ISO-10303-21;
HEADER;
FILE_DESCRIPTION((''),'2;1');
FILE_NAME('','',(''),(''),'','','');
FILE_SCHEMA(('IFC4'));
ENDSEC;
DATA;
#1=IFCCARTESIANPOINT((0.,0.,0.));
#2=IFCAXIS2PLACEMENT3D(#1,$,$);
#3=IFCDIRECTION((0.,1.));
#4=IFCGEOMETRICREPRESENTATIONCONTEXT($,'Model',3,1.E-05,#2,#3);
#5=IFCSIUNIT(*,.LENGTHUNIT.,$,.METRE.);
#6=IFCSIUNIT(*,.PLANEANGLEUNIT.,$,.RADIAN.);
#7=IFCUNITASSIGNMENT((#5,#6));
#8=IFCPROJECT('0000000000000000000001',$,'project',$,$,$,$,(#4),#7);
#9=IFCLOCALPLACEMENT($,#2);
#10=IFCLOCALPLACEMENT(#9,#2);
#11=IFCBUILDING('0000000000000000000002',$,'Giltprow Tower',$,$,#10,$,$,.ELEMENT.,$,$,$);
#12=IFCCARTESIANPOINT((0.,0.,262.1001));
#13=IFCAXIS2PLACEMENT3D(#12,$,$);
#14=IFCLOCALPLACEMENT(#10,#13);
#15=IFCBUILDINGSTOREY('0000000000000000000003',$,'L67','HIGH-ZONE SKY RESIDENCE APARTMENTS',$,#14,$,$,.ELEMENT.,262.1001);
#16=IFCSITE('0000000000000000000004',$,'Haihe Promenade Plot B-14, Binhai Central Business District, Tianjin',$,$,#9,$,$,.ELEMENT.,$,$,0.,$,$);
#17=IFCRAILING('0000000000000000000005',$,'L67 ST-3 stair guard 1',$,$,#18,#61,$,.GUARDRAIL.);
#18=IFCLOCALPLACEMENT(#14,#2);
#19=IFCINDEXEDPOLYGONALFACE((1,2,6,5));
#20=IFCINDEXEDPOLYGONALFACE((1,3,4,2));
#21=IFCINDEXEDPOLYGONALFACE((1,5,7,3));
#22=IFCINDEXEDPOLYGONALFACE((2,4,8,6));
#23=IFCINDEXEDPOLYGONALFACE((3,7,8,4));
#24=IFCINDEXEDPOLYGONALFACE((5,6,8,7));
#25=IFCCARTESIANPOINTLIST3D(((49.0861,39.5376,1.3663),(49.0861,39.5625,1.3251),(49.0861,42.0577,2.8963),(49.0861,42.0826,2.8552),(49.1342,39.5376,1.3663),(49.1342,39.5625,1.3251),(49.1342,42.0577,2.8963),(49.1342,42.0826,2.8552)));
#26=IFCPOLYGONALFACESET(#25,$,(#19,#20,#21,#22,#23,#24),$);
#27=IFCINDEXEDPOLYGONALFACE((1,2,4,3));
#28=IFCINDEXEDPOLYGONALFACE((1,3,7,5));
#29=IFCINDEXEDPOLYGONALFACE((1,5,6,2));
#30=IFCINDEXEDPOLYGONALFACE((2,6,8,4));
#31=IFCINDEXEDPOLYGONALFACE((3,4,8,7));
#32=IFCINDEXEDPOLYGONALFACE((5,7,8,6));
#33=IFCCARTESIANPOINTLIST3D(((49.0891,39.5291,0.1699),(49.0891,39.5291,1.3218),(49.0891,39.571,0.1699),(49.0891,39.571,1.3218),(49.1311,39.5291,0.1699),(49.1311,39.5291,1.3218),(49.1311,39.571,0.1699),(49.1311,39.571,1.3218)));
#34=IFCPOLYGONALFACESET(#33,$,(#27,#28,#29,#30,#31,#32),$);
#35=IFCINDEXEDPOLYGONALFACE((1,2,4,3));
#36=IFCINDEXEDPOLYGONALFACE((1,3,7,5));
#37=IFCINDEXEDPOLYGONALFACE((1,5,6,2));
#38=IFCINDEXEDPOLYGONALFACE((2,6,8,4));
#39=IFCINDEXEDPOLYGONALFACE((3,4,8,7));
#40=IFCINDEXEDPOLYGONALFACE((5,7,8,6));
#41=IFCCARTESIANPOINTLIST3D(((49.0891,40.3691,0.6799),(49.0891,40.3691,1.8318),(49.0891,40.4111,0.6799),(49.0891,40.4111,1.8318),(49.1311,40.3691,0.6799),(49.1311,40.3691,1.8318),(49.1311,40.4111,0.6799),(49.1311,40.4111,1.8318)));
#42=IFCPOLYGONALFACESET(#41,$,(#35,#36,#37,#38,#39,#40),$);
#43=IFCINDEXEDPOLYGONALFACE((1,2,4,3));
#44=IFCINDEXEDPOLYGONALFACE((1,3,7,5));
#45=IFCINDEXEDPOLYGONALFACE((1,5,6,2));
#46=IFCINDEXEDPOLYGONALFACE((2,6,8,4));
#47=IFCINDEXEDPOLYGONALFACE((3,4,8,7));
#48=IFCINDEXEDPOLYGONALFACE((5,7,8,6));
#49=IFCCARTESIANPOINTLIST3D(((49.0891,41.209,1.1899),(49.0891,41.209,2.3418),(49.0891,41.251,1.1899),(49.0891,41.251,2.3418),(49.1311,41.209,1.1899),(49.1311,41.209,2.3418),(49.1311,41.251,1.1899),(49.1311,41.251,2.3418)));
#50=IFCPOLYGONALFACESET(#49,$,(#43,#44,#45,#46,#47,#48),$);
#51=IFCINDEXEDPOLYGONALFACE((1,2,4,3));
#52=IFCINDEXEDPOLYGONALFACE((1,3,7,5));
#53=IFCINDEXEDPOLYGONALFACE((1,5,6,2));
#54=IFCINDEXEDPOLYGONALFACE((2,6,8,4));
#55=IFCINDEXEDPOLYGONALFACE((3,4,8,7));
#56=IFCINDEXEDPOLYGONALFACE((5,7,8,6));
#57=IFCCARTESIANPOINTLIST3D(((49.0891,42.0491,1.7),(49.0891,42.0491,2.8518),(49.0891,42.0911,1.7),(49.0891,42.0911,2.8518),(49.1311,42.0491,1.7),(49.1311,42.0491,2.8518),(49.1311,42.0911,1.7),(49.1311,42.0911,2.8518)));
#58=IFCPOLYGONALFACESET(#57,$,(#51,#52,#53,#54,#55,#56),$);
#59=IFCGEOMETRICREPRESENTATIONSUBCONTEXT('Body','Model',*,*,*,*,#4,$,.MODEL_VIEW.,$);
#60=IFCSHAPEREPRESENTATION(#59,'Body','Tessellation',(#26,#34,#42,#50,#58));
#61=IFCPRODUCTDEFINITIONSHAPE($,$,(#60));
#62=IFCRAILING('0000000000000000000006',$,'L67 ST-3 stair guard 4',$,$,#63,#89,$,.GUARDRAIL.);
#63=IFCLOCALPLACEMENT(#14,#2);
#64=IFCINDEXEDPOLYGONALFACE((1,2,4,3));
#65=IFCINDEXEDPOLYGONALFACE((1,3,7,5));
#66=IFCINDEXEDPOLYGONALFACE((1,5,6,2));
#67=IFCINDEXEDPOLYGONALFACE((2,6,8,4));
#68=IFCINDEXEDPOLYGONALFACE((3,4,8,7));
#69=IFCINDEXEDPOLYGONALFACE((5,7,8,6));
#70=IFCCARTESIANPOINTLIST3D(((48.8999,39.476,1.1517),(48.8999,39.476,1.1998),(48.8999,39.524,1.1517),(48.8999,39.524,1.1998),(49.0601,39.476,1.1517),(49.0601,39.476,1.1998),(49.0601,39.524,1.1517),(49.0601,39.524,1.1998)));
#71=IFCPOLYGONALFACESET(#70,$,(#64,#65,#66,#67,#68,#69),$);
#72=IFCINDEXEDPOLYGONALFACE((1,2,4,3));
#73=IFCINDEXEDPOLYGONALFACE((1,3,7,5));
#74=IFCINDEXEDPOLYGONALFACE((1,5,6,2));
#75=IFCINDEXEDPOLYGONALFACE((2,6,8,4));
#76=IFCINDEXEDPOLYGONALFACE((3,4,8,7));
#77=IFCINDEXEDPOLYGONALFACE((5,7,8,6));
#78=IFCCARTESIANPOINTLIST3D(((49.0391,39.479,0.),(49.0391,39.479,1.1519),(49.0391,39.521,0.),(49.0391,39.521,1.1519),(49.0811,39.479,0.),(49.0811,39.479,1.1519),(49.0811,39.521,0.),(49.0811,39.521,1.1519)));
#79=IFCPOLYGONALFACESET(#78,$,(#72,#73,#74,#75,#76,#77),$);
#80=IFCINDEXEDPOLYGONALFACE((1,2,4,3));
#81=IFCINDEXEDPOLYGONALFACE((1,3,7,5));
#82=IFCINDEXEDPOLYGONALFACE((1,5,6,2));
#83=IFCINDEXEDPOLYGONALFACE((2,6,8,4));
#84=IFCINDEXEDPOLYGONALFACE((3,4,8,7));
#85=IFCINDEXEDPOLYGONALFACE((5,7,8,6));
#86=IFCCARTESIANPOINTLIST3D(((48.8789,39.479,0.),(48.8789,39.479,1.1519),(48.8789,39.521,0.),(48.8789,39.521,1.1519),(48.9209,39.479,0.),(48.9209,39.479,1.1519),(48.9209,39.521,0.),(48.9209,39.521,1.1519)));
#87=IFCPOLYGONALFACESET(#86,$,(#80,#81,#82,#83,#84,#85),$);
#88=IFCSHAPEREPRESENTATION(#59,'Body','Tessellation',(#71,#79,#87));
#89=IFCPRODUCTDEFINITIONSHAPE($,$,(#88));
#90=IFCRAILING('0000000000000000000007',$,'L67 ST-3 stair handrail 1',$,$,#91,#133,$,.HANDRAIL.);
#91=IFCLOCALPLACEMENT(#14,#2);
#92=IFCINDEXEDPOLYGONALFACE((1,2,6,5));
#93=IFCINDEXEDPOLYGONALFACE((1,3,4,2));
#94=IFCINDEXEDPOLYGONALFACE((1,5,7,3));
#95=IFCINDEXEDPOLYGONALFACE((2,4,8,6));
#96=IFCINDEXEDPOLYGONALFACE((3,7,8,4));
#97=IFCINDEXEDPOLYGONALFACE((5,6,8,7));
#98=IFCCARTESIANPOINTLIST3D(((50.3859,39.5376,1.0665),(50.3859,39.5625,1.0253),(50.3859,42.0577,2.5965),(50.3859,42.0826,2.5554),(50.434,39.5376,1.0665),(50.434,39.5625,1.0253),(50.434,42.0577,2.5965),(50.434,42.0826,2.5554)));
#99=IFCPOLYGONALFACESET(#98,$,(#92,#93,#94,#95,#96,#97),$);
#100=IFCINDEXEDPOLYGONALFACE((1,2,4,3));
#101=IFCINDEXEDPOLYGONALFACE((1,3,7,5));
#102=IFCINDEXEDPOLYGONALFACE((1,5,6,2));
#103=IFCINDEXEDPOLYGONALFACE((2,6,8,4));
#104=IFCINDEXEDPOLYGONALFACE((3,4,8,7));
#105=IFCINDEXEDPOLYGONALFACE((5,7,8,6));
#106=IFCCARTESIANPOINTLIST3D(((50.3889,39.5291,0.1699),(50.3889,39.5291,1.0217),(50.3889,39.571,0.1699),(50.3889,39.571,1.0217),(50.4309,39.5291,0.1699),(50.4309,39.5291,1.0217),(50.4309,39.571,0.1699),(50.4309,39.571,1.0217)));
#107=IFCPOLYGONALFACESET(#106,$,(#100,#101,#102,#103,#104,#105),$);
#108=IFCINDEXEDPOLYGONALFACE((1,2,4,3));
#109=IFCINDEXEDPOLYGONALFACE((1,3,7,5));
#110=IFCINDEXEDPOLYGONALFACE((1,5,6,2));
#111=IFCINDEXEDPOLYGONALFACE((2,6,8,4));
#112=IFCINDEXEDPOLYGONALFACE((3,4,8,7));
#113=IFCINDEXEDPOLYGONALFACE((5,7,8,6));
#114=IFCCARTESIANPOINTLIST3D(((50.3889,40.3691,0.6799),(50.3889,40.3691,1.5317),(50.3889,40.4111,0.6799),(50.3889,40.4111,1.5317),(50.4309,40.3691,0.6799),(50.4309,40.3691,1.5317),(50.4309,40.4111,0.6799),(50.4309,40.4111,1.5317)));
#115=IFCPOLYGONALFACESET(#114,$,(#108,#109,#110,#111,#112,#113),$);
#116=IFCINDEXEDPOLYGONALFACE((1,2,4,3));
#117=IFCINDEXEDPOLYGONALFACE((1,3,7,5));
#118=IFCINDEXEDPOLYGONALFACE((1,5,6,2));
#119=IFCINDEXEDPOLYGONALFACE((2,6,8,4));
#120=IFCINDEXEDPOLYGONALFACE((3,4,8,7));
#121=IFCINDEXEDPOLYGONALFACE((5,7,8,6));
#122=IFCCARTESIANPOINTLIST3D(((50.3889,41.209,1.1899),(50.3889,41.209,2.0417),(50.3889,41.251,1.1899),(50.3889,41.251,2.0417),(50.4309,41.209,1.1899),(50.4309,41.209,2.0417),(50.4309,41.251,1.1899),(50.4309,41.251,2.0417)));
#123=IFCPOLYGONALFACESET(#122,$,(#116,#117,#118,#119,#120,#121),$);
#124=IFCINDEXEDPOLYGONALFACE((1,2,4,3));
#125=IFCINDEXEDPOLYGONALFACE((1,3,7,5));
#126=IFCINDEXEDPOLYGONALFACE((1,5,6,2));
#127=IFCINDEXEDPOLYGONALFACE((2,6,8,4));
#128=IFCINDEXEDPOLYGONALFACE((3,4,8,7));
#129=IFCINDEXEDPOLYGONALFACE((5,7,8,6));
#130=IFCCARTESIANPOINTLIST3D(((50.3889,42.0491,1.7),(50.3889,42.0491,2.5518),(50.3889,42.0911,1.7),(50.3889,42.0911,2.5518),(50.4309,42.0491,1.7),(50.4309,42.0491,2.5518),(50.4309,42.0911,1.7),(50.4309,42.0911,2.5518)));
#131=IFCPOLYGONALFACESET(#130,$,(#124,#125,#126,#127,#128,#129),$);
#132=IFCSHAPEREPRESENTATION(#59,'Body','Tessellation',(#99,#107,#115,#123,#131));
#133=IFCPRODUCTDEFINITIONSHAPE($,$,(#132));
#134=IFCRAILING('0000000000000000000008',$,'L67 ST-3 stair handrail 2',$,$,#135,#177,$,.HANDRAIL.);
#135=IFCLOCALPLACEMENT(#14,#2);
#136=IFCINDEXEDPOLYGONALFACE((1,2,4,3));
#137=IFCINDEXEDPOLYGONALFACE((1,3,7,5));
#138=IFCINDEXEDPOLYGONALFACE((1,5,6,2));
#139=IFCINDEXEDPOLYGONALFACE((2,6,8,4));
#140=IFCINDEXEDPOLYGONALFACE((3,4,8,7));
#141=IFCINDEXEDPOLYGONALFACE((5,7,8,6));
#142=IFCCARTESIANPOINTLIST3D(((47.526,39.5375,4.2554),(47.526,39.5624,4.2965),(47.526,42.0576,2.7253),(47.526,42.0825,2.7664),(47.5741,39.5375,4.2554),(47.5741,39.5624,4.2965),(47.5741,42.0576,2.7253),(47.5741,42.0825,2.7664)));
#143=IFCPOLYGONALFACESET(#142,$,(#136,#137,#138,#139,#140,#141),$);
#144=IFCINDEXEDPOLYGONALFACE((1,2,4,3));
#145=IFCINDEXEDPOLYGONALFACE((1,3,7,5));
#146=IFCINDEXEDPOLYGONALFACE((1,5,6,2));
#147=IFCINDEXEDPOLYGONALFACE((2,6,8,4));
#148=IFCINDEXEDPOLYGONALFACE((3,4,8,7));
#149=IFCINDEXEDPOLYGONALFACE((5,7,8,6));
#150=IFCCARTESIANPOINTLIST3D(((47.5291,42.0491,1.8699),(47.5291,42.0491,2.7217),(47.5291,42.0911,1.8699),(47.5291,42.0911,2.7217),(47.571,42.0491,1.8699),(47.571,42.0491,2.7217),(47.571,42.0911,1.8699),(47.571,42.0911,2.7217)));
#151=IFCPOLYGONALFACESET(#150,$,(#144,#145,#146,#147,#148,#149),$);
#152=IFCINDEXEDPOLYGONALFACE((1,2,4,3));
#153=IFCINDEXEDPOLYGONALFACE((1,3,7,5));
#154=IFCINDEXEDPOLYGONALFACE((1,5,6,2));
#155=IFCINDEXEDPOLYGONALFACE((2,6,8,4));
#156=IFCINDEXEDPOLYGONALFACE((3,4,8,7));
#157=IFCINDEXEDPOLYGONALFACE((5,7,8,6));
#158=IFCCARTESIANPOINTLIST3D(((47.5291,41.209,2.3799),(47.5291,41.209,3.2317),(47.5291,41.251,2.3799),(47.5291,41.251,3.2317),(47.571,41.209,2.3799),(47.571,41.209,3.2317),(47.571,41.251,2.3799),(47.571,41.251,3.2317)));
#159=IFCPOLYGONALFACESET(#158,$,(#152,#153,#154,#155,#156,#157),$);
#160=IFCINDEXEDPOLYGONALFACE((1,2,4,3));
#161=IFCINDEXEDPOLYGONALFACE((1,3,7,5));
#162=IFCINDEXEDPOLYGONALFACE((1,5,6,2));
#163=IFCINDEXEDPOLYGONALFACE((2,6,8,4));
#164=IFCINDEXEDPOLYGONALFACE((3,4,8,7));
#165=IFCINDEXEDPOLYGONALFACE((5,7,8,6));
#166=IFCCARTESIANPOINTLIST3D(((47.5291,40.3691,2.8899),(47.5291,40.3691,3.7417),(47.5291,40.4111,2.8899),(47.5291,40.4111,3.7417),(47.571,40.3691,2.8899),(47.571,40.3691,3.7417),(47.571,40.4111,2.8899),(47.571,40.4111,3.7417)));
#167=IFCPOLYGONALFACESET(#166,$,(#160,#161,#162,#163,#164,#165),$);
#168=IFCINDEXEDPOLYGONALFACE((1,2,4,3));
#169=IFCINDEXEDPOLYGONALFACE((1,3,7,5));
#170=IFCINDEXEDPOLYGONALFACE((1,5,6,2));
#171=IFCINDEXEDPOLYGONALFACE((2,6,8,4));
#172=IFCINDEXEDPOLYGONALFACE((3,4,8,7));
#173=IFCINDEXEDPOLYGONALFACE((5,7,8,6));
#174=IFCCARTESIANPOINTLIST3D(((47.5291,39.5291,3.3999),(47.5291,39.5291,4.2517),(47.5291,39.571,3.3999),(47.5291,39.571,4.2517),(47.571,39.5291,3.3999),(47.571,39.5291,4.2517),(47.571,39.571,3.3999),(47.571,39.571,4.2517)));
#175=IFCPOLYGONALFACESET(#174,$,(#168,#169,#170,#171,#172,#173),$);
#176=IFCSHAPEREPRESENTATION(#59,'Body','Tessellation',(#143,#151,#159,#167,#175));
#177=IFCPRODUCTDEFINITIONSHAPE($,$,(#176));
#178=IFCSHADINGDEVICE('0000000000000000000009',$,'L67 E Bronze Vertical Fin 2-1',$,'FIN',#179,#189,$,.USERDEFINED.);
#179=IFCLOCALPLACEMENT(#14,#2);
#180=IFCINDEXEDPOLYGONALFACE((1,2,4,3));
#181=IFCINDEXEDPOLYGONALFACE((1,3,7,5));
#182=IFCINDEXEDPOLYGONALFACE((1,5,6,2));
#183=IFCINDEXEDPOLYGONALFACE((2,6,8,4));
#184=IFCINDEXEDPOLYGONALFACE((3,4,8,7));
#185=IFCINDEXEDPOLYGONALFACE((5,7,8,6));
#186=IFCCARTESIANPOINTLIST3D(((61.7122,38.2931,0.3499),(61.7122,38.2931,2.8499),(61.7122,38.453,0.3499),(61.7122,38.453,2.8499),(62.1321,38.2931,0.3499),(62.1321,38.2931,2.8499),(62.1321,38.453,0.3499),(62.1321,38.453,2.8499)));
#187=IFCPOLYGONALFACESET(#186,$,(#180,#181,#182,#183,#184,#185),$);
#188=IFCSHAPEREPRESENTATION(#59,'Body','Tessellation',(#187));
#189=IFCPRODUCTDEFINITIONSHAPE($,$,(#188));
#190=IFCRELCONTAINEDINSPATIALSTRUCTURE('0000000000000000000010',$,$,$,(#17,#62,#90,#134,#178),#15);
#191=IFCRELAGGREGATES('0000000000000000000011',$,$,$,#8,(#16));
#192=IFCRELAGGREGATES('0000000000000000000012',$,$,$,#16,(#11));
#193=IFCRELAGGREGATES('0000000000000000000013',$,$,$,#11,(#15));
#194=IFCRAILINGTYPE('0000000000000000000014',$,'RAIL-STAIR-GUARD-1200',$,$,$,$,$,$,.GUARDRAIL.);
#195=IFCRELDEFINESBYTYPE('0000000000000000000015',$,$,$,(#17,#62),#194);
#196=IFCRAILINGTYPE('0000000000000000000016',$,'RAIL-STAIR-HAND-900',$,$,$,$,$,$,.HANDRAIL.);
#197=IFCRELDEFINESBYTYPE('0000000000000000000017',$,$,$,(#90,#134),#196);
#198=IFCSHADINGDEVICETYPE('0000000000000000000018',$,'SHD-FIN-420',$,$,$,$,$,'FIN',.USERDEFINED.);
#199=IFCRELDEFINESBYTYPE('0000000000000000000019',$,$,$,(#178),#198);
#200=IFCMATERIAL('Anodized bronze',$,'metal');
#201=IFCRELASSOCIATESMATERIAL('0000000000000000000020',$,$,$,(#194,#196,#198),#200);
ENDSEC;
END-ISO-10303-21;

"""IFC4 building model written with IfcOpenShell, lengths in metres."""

from ifc_helpers import new_model, si_unit, direction, frame, origin, origin_2d, place, context, subcontext, project, spatial, rectangle, extrude, source, transform, mapped, material, type_object, element, save


model = new_model("IFC4")

# Units and contexts
model_context = context("Model", 3, precision=1e-05, world=origin(), true_north=direction((0.0, 1.0)))
body_context = subcontext(model_context, "Body", "Model", "MODEL_VIEW")
ifc_project = project(units=[si_unit("LENGTHUNIT", "METRE"), si_unit("PLANEANGLEUNIT", "RADIAN")], contexts=[model_context])

# Site, building, storey
site_placement = place(None, origin())
site = spatial("IfcSite", under=ifc_project, at=site_placement, Name="Haihe Promenade Plot B-14, Binhai Central Business District, Tianjin", CompositionType="ELEMENT", RefElevation=0.0)
building_placement = place(site_placement, origin())
building = spatial("IfcBuilding", under=site, at=building_placement, Name="Giltprow Tower", CompositionType="ELEMENT")
storey_placement = place(building_placement, frame((0.0, 0.0, 262.1001)))
storey = spatial("IfcBuildingStorey", under=building, at=storey_placement, Name="L67", Description="HIGH-ZONE SKY RESIDENCE APARTMENTS", CompositionType="ELEMENT", Elevation=262.1001)

# Railings
ifc_material_1 = material(Name="Anodized bronze", Category="metal")
railing_type_1 = type_object("IfcRailingType", Name="RAIL-STAIR-GUARD-1200", PredefinedType="GUARDRAIL", material=ifc_material_1)
railing_1_placement = place(storey_placement, frame((49.1101, 39.55, 0.1699)))
element("IfcRailing", 1, at=railing_1_placement, inside=storey, type_object=railing_type_1, Name="L67 ST-3 stair guard 1", PredefinedType="GUARDRAIL", context=body_context, shape_type="SweptSolid", body=[
    extrude(rectangle(XDim=0.0481, YDim=0.0481, at=origin_2d()), frame((0.0, 0.0, 1.1758), z_axis=(0.0, 0.854785, 0.518982), x_axis=(-1.0, 0.0, 0.0)), (0.0, 0.0, 1.0), 2.9482),
    extrude(rectangle(XDim=0.042, YDim=0.042, at=origin_2d()), origin(), (0.0, 0.0, 1.0), 1.1519),
    extrude(rectangle(XDim=0.042, YDim=0.042, at=origin_2d()), frame((0.0, 0.8401, 0.51)), (0.0, 0.0, 1.0), 1.1519),
    extrude(rectangle(XDim=0.042, YDim=0.042, at=origin_2d()), frame((0.0, 1.6799, 1.02)), (0.0, 0.0, 1.0), 1.1519),
    extrude(rectangle(XDim=0.042, YDim=0.042, at=origin_2d()), frame((0.0, 2.52, 1.53)), (0.0, 0.0, 1.0), 1.1519),
])
railing_2_placement = place(storey_placement, frame((49.0601, 39.5, 0.0)))
element("IfcRailing", 2, at=railing_2_placement, inside=storey, type_object=railing_type_1, Name="L67 ST-3 stair guard 4", PredefinedType="GUARDRAIL", context=body_context, shape_type="SweptSolid", body=[
    extrude(rectangle(XDim=0.0481, YDim=0.0481, at=origin_2d()), frame((0.0, 0.0, 1.1758), z_axis=(-1.0, 0.0, 0.0), x_axis=(0.0, -1.0, 0.0)), (0.0, 0.0, 1.0), 0.1602),
    extrude(rectangle(XDim=0.042, YDim=0.042, at=origin_2d()), origin(), (0.0, 0.0, 1.0), 1.1519),
    extrude(rectangle(XDim=0.042, YDim=0.042, at=origin_2d()), frame((-0.1602, 0.0, 0.0)), (0.0, 0.0, 1.0), 1.1519),
])
railing_type_2 = type_object("IfcRailingType", Name="RAIL-STAIR-HAND-900", PredefinedType="HANDRAIL", material=ifc_material_1)
railing_3_placement = place(storey_placement, frame((50.4099, 39.55, 0.1699)))
element("IfcRailing", 3, at=railing_3_placement, inside=storey, type_object=railing_type_2, Name="L67 ST-3 stair handrail 1", PredefinedType="HANDRAIL", context=body_context, shape_type="SweptSolid", body=[
    extrude(rectangle(XDim=0.0481, YDim=0.0481, at=origin_2d()), frame((0.0, 0.0, 0.876), z_axis=(0.0, 0.854785, 0.518982), x_axis=(-1.0, 0.0, 0.0)), (0.0, 0.0, 1.0), 2.9482),
    extrude(rectangle(XDim=0.042, YDim=0.042, at=origin_2d()), origin(), (0.0, 0.0, 1.0), 0.8518),
    extrude(rectangle(XDim=0.042, YDim=0.042, at=origin_2d()), frame((0.0, 0.8401, 0.51)), (0.0, 0.0, 1.0), 0.8518),
    extrude(rectangle(XDim=0.042, YDim=0.042, at=origin_2d()), frame((0.0, 1.6799, 1.02)), (0.0, 0.0, 1.0), 0.8518),
    extrude(rectangle(XDim=0.042, YDim=0.042, at=origin_2d()), frame((0.0, 2.52, 1.53)), (0.0, 0.0, 1.0), 0.8518),
])
railing_4_placement = place(storey_placement, frame((47.55, 42.0701, 1.8699)))
element("IfcRailing", 4, at=railing_4_placement, inside=storey, type_object=railing_type_2, Name="L67 ST-3 stair handrail 2", PredefinedType="HANDRAIL", context=body_context, shape_type="SweptSolid", body=[
    extrude(rectangle(XDim=0.0481, YDim=0.0481, at=origin_2d()), frame((0.0, 0.0, 0.876), z_axis=(0.0, -0.854785, 0.518982), x_axis=(1.0, 0.0, 0.0)), (0.0, 0.0, 1.0), 2.9482),
    extrude(rectangle(XDim=0.042, YDim=0.042, at=origin_2d()), origin(), (0.0, 0.0, 1.0), 0.8518),
    extrude(rectangle(XDim=0.042, YDim=0.042, at=origin_2d()), frame((0.0, -0.8401, 0.51)), (0.0, 0.0, 1.0), 0.8518),
    extrude(rectangle(XDim=0.042, YDim=0.042, at=origin_2d()), frame((0.0, -1.6799, 1.02)), (0.0, 0.0, 1.0), 0.8518),
    extrude(rectangle(XDim=0.042, YDim=0.042, at=origin_2d()), frame((0.0, -2.52, 1.53)), (0.0, 0.0, 1.0), 0.8518),
])

# Shading device
shading_device_type = type_object("IfcShadingDeviceType", Name="SHD-FIN-420", ElementType="FIN", PredefinedType="USERDEFINED", material=ifc_material_1)
shared_shape_1 = source(origin(), body_context, "Body", "SweptSolid", [
    extrude(rectangle(XDim=0.4199, YDim=0.1599, at=origin_2d()), origin(), (0.0, 0.0, 1.0), 2.5),
])
shading_device_placement = place(storey_placement, frame((61.9221, 38.373, 0.3499), z_axis=(0.0, 0.0, 1.0), x_axis=(1.0, 0.0, 0.0)))
element("IfcShadingDevice", 5, at=shading_device_placement, inside=storey, type_object=shading_device_type, Name="L67 E Bronze Vertical Fin 2-1", ObjectType="FIN", PredefinedType="USERDEFINED", context=body_context, shape_type="MappedRepresentation", body=[
    mapped(shared_shape_1, transform((0.0, 0.0, 0.0), x_axis=(1.0, 0.0, 0.0), y_axis=(0.0, 1.0, 0.0), z_axis=(0.0, 0.0, 1.0), scale=1.0)),
])

save(model, "model.ifc")
